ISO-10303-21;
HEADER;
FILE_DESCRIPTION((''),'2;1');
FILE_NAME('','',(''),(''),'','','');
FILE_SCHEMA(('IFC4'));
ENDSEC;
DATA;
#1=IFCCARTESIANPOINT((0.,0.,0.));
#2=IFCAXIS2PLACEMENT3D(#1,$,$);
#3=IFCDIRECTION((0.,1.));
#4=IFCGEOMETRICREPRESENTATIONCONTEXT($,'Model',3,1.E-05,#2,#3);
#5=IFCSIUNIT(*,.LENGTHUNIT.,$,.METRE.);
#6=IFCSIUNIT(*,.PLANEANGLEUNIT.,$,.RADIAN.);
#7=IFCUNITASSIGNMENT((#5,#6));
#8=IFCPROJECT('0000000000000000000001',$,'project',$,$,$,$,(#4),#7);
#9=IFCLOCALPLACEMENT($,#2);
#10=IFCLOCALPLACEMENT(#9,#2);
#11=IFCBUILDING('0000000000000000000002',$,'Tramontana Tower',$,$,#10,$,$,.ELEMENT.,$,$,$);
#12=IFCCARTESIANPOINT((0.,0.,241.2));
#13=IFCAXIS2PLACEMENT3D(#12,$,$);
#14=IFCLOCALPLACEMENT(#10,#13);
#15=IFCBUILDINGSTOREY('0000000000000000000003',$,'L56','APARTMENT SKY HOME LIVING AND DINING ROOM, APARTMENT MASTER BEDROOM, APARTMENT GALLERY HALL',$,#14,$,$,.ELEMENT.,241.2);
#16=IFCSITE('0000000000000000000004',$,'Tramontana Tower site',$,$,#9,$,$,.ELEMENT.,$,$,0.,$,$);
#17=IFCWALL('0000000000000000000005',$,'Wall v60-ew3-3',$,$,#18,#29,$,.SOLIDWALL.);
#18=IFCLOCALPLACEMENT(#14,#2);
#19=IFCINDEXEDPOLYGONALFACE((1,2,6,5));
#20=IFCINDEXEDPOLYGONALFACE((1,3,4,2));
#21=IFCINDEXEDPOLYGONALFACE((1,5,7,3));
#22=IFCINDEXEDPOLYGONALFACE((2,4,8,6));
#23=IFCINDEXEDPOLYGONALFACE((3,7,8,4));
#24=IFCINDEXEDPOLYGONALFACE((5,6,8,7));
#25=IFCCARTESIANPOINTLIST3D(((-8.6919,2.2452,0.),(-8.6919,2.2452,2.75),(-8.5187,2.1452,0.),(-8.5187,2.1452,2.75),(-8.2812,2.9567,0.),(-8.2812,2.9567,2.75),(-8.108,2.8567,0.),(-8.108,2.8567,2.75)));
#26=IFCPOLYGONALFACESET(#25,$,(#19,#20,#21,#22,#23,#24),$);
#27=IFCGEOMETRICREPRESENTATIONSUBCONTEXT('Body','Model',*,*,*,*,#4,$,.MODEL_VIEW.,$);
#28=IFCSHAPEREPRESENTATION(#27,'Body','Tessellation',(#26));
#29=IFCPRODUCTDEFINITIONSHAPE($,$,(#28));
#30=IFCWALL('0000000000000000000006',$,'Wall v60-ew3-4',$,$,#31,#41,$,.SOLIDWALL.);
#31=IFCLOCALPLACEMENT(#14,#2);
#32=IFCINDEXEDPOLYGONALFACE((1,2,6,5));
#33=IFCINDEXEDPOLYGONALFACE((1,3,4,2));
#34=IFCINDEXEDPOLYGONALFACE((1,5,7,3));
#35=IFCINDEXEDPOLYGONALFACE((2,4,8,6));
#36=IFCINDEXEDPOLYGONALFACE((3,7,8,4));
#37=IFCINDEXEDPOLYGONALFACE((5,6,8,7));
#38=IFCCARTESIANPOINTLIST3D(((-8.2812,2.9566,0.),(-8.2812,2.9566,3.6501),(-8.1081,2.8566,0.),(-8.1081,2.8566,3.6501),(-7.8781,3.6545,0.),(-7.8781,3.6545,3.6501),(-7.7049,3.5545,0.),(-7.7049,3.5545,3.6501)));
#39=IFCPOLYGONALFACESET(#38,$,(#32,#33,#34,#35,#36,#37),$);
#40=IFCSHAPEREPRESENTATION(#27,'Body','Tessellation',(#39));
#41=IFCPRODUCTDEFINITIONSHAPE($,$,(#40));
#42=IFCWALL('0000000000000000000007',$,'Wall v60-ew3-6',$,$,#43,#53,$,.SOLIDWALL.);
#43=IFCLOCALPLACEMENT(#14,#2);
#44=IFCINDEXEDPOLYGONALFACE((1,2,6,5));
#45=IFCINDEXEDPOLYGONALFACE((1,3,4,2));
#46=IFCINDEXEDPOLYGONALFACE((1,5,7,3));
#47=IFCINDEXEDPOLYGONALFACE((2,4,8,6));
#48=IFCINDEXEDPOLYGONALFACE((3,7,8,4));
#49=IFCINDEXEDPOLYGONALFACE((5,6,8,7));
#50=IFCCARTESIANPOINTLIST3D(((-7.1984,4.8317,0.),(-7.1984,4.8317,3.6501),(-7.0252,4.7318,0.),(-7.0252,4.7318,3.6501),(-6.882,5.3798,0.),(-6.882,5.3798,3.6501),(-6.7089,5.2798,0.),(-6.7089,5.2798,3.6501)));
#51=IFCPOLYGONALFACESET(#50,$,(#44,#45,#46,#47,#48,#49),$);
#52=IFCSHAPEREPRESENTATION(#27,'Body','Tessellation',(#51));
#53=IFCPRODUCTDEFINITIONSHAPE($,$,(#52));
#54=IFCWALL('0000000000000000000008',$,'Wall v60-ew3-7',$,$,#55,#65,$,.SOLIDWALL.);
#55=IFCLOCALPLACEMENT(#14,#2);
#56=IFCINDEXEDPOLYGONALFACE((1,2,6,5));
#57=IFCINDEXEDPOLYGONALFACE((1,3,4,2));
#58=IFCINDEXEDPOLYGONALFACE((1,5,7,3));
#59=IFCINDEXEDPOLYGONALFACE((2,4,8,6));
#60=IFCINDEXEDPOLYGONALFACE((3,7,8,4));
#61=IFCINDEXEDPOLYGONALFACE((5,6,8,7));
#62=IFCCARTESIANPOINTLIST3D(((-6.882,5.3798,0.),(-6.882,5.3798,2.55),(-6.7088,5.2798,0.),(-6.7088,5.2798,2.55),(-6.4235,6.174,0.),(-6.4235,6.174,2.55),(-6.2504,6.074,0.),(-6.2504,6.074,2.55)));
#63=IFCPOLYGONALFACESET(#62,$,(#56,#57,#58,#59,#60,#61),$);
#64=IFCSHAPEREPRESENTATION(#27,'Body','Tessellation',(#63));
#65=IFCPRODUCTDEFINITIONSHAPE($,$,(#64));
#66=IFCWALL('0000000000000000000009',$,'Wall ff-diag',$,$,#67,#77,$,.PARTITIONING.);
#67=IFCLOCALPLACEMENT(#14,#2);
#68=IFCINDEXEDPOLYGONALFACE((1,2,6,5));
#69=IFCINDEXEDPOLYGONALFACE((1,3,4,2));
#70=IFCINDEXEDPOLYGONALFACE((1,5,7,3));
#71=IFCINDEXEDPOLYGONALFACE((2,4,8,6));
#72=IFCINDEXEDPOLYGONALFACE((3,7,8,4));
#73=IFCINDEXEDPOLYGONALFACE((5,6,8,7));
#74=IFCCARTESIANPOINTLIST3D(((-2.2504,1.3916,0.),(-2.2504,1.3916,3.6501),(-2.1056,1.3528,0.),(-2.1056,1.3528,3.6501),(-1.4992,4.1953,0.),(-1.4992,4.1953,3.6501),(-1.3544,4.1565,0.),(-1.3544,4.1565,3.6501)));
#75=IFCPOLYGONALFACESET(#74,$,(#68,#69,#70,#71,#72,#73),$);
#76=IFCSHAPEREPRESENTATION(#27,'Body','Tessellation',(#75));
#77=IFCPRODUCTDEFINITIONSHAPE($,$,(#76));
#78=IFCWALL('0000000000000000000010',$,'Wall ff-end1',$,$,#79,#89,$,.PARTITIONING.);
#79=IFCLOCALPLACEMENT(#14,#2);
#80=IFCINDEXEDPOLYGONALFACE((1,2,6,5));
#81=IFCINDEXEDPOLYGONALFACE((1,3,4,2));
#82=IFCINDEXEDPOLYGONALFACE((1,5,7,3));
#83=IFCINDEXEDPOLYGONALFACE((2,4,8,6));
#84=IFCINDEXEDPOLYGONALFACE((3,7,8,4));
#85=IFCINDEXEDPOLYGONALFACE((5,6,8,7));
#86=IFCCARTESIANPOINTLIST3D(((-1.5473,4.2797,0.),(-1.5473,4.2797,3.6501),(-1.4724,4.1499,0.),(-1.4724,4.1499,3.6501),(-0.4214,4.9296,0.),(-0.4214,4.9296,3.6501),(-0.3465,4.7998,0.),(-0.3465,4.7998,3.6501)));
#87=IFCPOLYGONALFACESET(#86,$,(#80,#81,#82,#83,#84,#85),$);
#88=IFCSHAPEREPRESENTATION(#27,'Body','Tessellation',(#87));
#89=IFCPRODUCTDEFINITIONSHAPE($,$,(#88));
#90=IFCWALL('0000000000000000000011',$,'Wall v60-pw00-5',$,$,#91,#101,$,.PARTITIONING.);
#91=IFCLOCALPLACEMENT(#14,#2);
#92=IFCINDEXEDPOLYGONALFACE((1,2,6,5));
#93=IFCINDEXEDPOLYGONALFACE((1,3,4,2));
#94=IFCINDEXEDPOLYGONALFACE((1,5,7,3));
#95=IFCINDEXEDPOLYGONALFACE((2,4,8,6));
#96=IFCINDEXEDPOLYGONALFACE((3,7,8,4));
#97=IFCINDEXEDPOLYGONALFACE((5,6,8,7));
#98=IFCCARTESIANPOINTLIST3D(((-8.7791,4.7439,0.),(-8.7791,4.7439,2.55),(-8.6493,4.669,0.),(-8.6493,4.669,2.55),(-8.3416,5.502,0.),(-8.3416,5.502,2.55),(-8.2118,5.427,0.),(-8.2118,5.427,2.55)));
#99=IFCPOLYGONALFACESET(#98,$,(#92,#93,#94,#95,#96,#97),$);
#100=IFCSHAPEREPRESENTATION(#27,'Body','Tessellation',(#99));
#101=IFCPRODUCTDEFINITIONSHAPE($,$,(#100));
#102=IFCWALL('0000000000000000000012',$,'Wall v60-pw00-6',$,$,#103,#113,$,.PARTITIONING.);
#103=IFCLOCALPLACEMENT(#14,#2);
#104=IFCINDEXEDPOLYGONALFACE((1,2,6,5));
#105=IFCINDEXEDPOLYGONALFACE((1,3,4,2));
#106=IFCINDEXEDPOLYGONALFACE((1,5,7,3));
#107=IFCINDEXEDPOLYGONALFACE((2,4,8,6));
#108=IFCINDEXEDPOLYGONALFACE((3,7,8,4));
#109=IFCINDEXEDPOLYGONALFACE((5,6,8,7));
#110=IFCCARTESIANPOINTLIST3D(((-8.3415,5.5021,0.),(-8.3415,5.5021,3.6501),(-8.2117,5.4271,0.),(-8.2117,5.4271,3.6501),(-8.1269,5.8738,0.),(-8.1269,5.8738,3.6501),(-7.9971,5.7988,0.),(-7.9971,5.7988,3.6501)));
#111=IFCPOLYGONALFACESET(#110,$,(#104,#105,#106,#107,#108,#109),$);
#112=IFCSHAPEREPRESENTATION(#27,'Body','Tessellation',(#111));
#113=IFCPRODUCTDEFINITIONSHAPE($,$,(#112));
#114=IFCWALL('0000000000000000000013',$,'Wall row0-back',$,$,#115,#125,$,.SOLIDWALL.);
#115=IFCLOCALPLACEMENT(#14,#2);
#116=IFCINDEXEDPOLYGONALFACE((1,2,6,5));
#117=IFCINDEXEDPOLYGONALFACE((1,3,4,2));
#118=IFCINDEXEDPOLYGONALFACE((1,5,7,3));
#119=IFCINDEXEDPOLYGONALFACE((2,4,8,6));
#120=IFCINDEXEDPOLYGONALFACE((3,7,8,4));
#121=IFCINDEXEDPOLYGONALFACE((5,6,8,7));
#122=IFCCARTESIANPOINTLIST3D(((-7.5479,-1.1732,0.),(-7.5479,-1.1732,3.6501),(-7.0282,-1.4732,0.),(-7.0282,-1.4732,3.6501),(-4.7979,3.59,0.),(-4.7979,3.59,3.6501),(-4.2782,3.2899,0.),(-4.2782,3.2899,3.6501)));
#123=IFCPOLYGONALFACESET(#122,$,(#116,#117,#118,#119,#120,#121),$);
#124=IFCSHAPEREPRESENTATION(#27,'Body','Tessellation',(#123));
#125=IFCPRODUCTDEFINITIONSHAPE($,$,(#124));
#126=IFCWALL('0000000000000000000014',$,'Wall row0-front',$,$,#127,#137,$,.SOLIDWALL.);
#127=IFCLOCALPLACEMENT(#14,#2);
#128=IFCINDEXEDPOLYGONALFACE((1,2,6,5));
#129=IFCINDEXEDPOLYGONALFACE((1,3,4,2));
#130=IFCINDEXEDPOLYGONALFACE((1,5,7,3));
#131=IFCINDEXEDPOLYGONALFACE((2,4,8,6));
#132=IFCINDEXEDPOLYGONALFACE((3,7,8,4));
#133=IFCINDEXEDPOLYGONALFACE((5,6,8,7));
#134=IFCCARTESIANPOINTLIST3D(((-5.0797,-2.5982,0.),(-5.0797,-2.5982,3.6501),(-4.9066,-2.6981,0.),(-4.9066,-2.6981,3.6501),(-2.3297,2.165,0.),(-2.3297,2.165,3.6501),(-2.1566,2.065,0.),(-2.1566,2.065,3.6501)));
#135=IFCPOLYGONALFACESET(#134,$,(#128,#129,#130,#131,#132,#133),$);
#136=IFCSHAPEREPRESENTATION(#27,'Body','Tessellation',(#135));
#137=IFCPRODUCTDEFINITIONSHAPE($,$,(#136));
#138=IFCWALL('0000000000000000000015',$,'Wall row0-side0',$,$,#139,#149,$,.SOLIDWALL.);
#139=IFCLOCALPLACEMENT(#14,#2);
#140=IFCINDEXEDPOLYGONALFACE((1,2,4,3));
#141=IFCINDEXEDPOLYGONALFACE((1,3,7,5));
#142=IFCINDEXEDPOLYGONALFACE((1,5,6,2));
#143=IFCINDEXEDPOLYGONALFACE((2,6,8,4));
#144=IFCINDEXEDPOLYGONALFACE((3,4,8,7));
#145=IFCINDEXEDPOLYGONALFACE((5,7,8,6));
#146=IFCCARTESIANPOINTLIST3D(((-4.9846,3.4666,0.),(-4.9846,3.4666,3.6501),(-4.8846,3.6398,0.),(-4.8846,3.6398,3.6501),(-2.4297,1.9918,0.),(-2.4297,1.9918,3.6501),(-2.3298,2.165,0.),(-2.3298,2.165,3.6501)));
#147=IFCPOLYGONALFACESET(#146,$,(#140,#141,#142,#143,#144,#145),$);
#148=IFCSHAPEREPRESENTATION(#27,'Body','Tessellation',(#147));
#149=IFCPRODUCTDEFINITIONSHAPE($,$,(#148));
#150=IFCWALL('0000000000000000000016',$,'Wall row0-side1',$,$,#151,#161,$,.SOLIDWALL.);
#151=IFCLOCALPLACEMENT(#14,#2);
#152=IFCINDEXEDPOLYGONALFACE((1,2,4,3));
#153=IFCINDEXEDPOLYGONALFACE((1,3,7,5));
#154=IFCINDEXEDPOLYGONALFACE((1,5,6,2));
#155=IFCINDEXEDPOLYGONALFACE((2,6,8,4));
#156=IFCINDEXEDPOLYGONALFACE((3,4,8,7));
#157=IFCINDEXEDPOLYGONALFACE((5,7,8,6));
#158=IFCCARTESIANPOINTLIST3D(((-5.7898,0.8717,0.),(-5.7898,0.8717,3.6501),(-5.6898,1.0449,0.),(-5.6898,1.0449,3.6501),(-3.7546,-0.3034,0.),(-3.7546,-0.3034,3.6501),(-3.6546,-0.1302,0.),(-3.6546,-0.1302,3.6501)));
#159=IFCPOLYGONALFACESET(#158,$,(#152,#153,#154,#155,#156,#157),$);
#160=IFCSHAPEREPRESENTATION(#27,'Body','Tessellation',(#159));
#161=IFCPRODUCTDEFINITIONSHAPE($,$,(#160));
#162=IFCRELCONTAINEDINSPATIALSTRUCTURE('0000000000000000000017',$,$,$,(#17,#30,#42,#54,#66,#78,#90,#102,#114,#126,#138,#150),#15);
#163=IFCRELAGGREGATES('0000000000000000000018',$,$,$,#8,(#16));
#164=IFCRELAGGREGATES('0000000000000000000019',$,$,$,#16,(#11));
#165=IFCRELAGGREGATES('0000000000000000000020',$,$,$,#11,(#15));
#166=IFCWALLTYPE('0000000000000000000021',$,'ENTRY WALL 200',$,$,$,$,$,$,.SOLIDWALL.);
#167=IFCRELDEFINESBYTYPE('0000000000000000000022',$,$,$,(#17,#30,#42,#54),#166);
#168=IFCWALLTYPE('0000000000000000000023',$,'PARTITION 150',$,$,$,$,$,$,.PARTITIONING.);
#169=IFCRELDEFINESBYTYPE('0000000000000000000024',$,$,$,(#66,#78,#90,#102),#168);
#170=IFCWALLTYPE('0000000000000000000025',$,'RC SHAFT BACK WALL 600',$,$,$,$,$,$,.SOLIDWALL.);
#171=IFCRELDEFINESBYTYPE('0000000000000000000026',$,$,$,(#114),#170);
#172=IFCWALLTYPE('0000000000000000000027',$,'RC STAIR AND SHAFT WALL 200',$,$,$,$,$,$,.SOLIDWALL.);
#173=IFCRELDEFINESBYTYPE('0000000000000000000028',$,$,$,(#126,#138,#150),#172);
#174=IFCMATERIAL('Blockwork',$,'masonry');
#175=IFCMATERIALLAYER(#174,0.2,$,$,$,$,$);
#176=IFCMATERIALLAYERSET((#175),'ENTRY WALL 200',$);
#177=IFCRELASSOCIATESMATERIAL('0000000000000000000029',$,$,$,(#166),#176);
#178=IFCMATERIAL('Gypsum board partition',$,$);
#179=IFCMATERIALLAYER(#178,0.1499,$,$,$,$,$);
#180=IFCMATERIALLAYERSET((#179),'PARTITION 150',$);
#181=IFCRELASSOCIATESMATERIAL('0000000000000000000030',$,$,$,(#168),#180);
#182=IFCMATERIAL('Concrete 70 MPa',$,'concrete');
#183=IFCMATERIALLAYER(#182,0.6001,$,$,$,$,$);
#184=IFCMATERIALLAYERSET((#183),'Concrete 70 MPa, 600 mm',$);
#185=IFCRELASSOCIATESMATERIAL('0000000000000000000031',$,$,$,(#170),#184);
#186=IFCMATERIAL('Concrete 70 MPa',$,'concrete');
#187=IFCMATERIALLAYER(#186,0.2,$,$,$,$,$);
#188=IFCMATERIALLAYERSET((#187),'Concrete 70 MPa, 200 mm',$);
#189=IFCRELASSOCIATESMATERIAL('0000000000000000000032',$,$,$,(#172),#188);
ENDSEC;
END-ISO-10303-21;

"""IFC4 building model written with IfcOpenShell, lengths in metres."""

from ifc_helpers import new_model, si_unit, direction, frame, frame_2d, origin, place, context, subcontext, project, spatial, rectangle, extrude, material, layer, layer_set, type_object, element, save


model = new_model("IFC4")

# Units and contexts
model_context = context("Model", 3, precision=1e-05, world=origin(), true_north=direction((0.0, 1.0)))
body_context = subcontext(model_context, "Body", "Model", "MODEL_VIEW")
ifc_project = project(units=[si_unit("LENGTHUNIT", "METRE"), si_unit("PLANEANGLEUNIT", "RADIAN")], contexts=[model_context])

# Site, building, storey
site_placement = place(None, origin())
site = spatial("IfcSite", under=ifc_project, at=site_placement, Name="Tramontana Tower site", CompositionType="ELEMENT", RefElevation=0.0)
building_placement = place(site_placement, origin())
building = spatial("IfcBuilding", under=site, at=building_placement, Name="Tramontana Tower", CompositionType="ELEMENT")
storey_placement = place(building_placement, frame((0.0, 0.0, 241.2)))
storey = spatial("IfcBuildingStorey", under=building, at=storey_placement, Name="L56", Description="APARTMENT SKY HOME LIVING AND DINING ROOM, APARTMENT MASTER BEDROOM, APARTMENT GALLERY HALL", CompositionType="ELEMENT", Elevation=241.2)

# Walls
ifc_material_1 = material(Name="Blockwork", Category="masonry")
ifc_layer_1 = layer(ifc_material_1, 0.2)
ifc_layer_set_1 = layer_set([ifc_layer_1], Name="ENTRY WALL 200")
wall_type_1 = type_object("IfcWallType", Name="ENTRY WALL 200", PredefinedType="SOLIDWALL", material=ifc_layer_set_1)
wall_1_placement = place(storey_placement, frame((-8.6052, 2.1953, 0.0), z_axis=(0.0, 0.0, 1.0), x_axis=(0.499911, 0.866077, 0.0)))
element("IfcWall", 1, at=wall_1_placement, inside=storey, type_object=wall_type_1, Name="Wall v60-ew3-3", PredefinedType="SOLIDWALL", context=body_context, shape_type="SweptSolid", body=[
    extrude(rectangle(XDim=0.8215, YDim=0.2, at=frame_2d((0.4106, 0.0))), origin(), (0.0, 0.0, 1.0), 2.75),
])
wall_2_placement = place(storey_placement, frame((-8.1946, 2.9067, 0.0), z_axis=(0.0, 0.0, 1.0), x_axis=(0.500212, 0.865903, 0.0)))
element("IfcWall", 2, at=wall_2_placement, inside=storey, type_object=wall_type_1, Name="Wall v60-ew3-4", PredefinedType="SOLIDWALL", context=body_context, shape_type="SweptSolid", body=[
    extrude(rectangle(XDim=0.8059, YDim=0.2, at=frame_2d((0.4028, 0.0))), origin(), (0.0, 0.0, 1.0), 3.6501),
])

# Walls
wall_3_placement = place(storey_placement, frame((-7.1118, 4.7817, 0.0), z_axis=(0.0, 0.0, 1.0), x_axis=(0.499956, 0.866051, 0.0)))
element("IfcWall", 3, at=wall_3_placement, inside=storey, type_object=wall_type_1, Name="Wall v60-ew3-6", PredefinedType="SOLIDWALL", context=body_context, shape_type="SweptSolid", body=[
    extrude(rectangle(XDim=0.6328, YDim=0.2, at=frame_2d((0.3164, 0.0))), origin(), (0.0, 0.0, 1.0), 3.6501),
])
wall_4_placement = place(storey_placement, frame((-6.7954, 5.3298, 0.0), z_axis=(0.0, 0.0, 1.0), x_axis=(0.499976, 0.866039, 0.0)))
element("IfcWall", 4, at=wall_4_placement, inside=storey, type_object=wall_type_1, Name="Wall v60-ew3-7", PredefinedType="SOLIDWALL", context=body_context, shape_type="SweptSolid", body=[
    extrude(rectangle(XDim=0.917, YDim=0.2, at=frame_2d((0.4585, 0.0))), origin(), (0.0, 0.0, 1.0), 2.55),
])
ifc_material_2 = material(Name="Gypsum board partition")
ifc_layer_2 = layer(ifc_material_2, 0.1499)
ifc_layer_set_2 = layer_set([ifc_layer_2], Name="PARTITION 150")
wall_type_2 = type_object("IfcWallType", Name="PARTITION 150", PredefinedType="PARTITIONING", material=ifc_layer_set_2)
wall_5_placement = place(storey_placement, frame((-2.178, 1.3723, 0.0), z_axis=(0.0, 0.0, 1.0), x_axis=(0.258809, 0.965929, 0.0)))
element("IfcWall", 5, at=wall_5_placement, inside=storey, type_object=wall_type_2, Name="Wall ff-diag", PredefinedType="PARTITIONING", context=body_context, shape_type="SweptSolid", body=[
    extrude(rectangle(XDim=2.9026, YDim=0.1499, at=frame_2d((1.4512, 0.0))), origin(), (0.0, 0.0, 1.0), 3.6501),
])
wall_6_placement = place(storey_placement, frame((-1.5098, 4.2148, 0.0), z_axis=(0.0, 0.0, 1.0), x_axis=(0.866086, 0.499896, 0.0)))
element("IfcWall", 6, at=wall_6_placement, inside=storey, type_object=wall_type_2, Name="Wall ff-end1", PredefinedType="PARTITIONING", context=body_context, shape_type="SweptSolid", body=[
    extrude(rectangle(XDim=1.3, YDim=0.1499, at=frame_2d((0.6499, 0.0))), origin(), (0.0, 0.0, 1.0), 3.6501),
])
wall_7_placement = place(storey_placement, frame((-8.7141, 4.7065, 0.0), z_axis=(0.0, 0.0, 1.0), x_axis=(0.499859, 0.866107, 0.0)))
element("IfcWall", 7, at=wall_7_placement, inside=storey, type_object=wall_type_2, Name="Wall v60-pw00-5", PredefinedType="PARTITIONING", context=body_context, shape_type="SweptSolid", body=[
    extrude(rectangle(XDim=0.8752, YDim=0.1499, at=frame_2d((0.4375, 0.0))), origin(), (0.0, 0.0, 1.0), 2.55),
])
wall_8_placement = place(storey_placement, frame((-8.2766, 5.4646, 0.0), z_axis=(0.0, 0.0, 1.0), x_axis=(0.500116, 0.865958, 0.0)))
element("IfcWall", 8, at=wall_8_placement, inside=storey, type_object=wall_type_2, Name="Wall v60-pw00-6", PredefinedType="PARTITIONING", context=body_context, shape_type="SweptSolid", body=[
    extrude(rectangle(XDim=0.4292, YDim=0.1499, at=frame_2d((0.2146, 0.0))), origin(), (0.0, 0.0, 1.0), 3.6501),
])

# Wall
ifc_material_3 = material(Name="Concrete 70 MPa", Category="concrete")
ifc_layer_3 = layer(ifc_material_3, 0.6001)
ifc_layer_set_3 = layer_set([ifc_layer_3], Name="Concrete 70 MPa, 600 mm")
wall_type_3 = type_object("IfcWallType", Name="RC SHAFT BACK WALL 600", PredefinedType="SOLIDWALL", material=ifc_layer_set_3)
wall_9_placement = place(storey_placement, frame((-4.5381, 3.4399, 0.0), z_axis=(0.0, 0.0, 1.0), x_axis=(-0.499997, -0.866027, 0.0)))
element("IfcWall", 9, at=wall_9_placement, inside=storey, type_object=wall_type_3, Name="Wall row0-back", PredefinedType="SOLIDWALL", context=body_context, shape_type="SweptSolid", body=[
    extrude(rectangle(XDim=5.5, YDim=0.6001, at=frame_2d((2.75, 0.0))), origin(), (0.0, 0.0, 1.0), 3.6501),
])

# Shared definitions
ifc_material_4 = material(Name="Concrete 70 MPa", Category="concrete")
ifc_layer_4 = layer(ifc_material_4, 0.2)
ifc_layer_set_4 = layer_set([ifc_layer_4], Name="Concrete 70 MPa, 200 mm")
wall_type_4 = type_object("IfcWallType", Name="RC STAIR AND SHAFT WALL 200", PredefinedType="SOLIDWALL", material=ifc_layer_set_4)

# Walls
wall_10_placement = place(storey_placement, frame((-2.2432, 2.115, 0.0), z_axis=(0.0, 0.0, 1.0), x_axis=(-0.499997, -0.866027, 0.0)))
element("IfcWall", 10, at=wall_10_placement, inside=storey, type_object=wall_type_4, Name="Wall row0-front", PredefinedType="SOLIDWALL", context=body_context, shape_type="SweptSolid", body=[
    extrude(rectangle(XDim=5.5, YDim=0.2, at=frame_2d((2.75, 0.0))), origin(), (0.0, 0.0, 1.0), 3.6501),
])
wall_11_placement = place(storey_placement, frame((-2.3796, 2.0784, 0.0), z_axis=(0.0, 0.0, 1.0), x_axis=(-0.86606, 0.49994, 0.0)))
element("IfcWall", 11, at=wall_11_placement, inside=storey, type_object=wall_type_4, Name="Wall row0-side0", PredefinedType="SOLIDWALL", context=body_context, shape_type="SweptSolid", body=[
    extrude(rectangle(XDim=2.95, YDim=0.2, at=frame_2d((1.4751, 0.0))), origin(), (0.0, 0.0, 1.0), 3.6501),
])
wall_12_placement = place(storey_placement, frame((-3.7046, -0.2168, 0.0), z_axis=(0.0, 0.0, 1.0), x_axis=(-0.866016, 0.500016, 0.0)))
element("IfcWall", 12, at=wall_12_placement, inside=storey, type_object=wall_type_4, Name="Wall row0-side1", PredefinedType="SOLIDWALL", context=body_context, shape_type="SweptSolid", body=[
    extrude(rectangle(XDim=2.3501, YDim=0.2, at=frame_2d((1.175, 0.0))), origin(), (0.0, 0.0, 1.0), 3.6501),
])

save(model, "model.ifc")
